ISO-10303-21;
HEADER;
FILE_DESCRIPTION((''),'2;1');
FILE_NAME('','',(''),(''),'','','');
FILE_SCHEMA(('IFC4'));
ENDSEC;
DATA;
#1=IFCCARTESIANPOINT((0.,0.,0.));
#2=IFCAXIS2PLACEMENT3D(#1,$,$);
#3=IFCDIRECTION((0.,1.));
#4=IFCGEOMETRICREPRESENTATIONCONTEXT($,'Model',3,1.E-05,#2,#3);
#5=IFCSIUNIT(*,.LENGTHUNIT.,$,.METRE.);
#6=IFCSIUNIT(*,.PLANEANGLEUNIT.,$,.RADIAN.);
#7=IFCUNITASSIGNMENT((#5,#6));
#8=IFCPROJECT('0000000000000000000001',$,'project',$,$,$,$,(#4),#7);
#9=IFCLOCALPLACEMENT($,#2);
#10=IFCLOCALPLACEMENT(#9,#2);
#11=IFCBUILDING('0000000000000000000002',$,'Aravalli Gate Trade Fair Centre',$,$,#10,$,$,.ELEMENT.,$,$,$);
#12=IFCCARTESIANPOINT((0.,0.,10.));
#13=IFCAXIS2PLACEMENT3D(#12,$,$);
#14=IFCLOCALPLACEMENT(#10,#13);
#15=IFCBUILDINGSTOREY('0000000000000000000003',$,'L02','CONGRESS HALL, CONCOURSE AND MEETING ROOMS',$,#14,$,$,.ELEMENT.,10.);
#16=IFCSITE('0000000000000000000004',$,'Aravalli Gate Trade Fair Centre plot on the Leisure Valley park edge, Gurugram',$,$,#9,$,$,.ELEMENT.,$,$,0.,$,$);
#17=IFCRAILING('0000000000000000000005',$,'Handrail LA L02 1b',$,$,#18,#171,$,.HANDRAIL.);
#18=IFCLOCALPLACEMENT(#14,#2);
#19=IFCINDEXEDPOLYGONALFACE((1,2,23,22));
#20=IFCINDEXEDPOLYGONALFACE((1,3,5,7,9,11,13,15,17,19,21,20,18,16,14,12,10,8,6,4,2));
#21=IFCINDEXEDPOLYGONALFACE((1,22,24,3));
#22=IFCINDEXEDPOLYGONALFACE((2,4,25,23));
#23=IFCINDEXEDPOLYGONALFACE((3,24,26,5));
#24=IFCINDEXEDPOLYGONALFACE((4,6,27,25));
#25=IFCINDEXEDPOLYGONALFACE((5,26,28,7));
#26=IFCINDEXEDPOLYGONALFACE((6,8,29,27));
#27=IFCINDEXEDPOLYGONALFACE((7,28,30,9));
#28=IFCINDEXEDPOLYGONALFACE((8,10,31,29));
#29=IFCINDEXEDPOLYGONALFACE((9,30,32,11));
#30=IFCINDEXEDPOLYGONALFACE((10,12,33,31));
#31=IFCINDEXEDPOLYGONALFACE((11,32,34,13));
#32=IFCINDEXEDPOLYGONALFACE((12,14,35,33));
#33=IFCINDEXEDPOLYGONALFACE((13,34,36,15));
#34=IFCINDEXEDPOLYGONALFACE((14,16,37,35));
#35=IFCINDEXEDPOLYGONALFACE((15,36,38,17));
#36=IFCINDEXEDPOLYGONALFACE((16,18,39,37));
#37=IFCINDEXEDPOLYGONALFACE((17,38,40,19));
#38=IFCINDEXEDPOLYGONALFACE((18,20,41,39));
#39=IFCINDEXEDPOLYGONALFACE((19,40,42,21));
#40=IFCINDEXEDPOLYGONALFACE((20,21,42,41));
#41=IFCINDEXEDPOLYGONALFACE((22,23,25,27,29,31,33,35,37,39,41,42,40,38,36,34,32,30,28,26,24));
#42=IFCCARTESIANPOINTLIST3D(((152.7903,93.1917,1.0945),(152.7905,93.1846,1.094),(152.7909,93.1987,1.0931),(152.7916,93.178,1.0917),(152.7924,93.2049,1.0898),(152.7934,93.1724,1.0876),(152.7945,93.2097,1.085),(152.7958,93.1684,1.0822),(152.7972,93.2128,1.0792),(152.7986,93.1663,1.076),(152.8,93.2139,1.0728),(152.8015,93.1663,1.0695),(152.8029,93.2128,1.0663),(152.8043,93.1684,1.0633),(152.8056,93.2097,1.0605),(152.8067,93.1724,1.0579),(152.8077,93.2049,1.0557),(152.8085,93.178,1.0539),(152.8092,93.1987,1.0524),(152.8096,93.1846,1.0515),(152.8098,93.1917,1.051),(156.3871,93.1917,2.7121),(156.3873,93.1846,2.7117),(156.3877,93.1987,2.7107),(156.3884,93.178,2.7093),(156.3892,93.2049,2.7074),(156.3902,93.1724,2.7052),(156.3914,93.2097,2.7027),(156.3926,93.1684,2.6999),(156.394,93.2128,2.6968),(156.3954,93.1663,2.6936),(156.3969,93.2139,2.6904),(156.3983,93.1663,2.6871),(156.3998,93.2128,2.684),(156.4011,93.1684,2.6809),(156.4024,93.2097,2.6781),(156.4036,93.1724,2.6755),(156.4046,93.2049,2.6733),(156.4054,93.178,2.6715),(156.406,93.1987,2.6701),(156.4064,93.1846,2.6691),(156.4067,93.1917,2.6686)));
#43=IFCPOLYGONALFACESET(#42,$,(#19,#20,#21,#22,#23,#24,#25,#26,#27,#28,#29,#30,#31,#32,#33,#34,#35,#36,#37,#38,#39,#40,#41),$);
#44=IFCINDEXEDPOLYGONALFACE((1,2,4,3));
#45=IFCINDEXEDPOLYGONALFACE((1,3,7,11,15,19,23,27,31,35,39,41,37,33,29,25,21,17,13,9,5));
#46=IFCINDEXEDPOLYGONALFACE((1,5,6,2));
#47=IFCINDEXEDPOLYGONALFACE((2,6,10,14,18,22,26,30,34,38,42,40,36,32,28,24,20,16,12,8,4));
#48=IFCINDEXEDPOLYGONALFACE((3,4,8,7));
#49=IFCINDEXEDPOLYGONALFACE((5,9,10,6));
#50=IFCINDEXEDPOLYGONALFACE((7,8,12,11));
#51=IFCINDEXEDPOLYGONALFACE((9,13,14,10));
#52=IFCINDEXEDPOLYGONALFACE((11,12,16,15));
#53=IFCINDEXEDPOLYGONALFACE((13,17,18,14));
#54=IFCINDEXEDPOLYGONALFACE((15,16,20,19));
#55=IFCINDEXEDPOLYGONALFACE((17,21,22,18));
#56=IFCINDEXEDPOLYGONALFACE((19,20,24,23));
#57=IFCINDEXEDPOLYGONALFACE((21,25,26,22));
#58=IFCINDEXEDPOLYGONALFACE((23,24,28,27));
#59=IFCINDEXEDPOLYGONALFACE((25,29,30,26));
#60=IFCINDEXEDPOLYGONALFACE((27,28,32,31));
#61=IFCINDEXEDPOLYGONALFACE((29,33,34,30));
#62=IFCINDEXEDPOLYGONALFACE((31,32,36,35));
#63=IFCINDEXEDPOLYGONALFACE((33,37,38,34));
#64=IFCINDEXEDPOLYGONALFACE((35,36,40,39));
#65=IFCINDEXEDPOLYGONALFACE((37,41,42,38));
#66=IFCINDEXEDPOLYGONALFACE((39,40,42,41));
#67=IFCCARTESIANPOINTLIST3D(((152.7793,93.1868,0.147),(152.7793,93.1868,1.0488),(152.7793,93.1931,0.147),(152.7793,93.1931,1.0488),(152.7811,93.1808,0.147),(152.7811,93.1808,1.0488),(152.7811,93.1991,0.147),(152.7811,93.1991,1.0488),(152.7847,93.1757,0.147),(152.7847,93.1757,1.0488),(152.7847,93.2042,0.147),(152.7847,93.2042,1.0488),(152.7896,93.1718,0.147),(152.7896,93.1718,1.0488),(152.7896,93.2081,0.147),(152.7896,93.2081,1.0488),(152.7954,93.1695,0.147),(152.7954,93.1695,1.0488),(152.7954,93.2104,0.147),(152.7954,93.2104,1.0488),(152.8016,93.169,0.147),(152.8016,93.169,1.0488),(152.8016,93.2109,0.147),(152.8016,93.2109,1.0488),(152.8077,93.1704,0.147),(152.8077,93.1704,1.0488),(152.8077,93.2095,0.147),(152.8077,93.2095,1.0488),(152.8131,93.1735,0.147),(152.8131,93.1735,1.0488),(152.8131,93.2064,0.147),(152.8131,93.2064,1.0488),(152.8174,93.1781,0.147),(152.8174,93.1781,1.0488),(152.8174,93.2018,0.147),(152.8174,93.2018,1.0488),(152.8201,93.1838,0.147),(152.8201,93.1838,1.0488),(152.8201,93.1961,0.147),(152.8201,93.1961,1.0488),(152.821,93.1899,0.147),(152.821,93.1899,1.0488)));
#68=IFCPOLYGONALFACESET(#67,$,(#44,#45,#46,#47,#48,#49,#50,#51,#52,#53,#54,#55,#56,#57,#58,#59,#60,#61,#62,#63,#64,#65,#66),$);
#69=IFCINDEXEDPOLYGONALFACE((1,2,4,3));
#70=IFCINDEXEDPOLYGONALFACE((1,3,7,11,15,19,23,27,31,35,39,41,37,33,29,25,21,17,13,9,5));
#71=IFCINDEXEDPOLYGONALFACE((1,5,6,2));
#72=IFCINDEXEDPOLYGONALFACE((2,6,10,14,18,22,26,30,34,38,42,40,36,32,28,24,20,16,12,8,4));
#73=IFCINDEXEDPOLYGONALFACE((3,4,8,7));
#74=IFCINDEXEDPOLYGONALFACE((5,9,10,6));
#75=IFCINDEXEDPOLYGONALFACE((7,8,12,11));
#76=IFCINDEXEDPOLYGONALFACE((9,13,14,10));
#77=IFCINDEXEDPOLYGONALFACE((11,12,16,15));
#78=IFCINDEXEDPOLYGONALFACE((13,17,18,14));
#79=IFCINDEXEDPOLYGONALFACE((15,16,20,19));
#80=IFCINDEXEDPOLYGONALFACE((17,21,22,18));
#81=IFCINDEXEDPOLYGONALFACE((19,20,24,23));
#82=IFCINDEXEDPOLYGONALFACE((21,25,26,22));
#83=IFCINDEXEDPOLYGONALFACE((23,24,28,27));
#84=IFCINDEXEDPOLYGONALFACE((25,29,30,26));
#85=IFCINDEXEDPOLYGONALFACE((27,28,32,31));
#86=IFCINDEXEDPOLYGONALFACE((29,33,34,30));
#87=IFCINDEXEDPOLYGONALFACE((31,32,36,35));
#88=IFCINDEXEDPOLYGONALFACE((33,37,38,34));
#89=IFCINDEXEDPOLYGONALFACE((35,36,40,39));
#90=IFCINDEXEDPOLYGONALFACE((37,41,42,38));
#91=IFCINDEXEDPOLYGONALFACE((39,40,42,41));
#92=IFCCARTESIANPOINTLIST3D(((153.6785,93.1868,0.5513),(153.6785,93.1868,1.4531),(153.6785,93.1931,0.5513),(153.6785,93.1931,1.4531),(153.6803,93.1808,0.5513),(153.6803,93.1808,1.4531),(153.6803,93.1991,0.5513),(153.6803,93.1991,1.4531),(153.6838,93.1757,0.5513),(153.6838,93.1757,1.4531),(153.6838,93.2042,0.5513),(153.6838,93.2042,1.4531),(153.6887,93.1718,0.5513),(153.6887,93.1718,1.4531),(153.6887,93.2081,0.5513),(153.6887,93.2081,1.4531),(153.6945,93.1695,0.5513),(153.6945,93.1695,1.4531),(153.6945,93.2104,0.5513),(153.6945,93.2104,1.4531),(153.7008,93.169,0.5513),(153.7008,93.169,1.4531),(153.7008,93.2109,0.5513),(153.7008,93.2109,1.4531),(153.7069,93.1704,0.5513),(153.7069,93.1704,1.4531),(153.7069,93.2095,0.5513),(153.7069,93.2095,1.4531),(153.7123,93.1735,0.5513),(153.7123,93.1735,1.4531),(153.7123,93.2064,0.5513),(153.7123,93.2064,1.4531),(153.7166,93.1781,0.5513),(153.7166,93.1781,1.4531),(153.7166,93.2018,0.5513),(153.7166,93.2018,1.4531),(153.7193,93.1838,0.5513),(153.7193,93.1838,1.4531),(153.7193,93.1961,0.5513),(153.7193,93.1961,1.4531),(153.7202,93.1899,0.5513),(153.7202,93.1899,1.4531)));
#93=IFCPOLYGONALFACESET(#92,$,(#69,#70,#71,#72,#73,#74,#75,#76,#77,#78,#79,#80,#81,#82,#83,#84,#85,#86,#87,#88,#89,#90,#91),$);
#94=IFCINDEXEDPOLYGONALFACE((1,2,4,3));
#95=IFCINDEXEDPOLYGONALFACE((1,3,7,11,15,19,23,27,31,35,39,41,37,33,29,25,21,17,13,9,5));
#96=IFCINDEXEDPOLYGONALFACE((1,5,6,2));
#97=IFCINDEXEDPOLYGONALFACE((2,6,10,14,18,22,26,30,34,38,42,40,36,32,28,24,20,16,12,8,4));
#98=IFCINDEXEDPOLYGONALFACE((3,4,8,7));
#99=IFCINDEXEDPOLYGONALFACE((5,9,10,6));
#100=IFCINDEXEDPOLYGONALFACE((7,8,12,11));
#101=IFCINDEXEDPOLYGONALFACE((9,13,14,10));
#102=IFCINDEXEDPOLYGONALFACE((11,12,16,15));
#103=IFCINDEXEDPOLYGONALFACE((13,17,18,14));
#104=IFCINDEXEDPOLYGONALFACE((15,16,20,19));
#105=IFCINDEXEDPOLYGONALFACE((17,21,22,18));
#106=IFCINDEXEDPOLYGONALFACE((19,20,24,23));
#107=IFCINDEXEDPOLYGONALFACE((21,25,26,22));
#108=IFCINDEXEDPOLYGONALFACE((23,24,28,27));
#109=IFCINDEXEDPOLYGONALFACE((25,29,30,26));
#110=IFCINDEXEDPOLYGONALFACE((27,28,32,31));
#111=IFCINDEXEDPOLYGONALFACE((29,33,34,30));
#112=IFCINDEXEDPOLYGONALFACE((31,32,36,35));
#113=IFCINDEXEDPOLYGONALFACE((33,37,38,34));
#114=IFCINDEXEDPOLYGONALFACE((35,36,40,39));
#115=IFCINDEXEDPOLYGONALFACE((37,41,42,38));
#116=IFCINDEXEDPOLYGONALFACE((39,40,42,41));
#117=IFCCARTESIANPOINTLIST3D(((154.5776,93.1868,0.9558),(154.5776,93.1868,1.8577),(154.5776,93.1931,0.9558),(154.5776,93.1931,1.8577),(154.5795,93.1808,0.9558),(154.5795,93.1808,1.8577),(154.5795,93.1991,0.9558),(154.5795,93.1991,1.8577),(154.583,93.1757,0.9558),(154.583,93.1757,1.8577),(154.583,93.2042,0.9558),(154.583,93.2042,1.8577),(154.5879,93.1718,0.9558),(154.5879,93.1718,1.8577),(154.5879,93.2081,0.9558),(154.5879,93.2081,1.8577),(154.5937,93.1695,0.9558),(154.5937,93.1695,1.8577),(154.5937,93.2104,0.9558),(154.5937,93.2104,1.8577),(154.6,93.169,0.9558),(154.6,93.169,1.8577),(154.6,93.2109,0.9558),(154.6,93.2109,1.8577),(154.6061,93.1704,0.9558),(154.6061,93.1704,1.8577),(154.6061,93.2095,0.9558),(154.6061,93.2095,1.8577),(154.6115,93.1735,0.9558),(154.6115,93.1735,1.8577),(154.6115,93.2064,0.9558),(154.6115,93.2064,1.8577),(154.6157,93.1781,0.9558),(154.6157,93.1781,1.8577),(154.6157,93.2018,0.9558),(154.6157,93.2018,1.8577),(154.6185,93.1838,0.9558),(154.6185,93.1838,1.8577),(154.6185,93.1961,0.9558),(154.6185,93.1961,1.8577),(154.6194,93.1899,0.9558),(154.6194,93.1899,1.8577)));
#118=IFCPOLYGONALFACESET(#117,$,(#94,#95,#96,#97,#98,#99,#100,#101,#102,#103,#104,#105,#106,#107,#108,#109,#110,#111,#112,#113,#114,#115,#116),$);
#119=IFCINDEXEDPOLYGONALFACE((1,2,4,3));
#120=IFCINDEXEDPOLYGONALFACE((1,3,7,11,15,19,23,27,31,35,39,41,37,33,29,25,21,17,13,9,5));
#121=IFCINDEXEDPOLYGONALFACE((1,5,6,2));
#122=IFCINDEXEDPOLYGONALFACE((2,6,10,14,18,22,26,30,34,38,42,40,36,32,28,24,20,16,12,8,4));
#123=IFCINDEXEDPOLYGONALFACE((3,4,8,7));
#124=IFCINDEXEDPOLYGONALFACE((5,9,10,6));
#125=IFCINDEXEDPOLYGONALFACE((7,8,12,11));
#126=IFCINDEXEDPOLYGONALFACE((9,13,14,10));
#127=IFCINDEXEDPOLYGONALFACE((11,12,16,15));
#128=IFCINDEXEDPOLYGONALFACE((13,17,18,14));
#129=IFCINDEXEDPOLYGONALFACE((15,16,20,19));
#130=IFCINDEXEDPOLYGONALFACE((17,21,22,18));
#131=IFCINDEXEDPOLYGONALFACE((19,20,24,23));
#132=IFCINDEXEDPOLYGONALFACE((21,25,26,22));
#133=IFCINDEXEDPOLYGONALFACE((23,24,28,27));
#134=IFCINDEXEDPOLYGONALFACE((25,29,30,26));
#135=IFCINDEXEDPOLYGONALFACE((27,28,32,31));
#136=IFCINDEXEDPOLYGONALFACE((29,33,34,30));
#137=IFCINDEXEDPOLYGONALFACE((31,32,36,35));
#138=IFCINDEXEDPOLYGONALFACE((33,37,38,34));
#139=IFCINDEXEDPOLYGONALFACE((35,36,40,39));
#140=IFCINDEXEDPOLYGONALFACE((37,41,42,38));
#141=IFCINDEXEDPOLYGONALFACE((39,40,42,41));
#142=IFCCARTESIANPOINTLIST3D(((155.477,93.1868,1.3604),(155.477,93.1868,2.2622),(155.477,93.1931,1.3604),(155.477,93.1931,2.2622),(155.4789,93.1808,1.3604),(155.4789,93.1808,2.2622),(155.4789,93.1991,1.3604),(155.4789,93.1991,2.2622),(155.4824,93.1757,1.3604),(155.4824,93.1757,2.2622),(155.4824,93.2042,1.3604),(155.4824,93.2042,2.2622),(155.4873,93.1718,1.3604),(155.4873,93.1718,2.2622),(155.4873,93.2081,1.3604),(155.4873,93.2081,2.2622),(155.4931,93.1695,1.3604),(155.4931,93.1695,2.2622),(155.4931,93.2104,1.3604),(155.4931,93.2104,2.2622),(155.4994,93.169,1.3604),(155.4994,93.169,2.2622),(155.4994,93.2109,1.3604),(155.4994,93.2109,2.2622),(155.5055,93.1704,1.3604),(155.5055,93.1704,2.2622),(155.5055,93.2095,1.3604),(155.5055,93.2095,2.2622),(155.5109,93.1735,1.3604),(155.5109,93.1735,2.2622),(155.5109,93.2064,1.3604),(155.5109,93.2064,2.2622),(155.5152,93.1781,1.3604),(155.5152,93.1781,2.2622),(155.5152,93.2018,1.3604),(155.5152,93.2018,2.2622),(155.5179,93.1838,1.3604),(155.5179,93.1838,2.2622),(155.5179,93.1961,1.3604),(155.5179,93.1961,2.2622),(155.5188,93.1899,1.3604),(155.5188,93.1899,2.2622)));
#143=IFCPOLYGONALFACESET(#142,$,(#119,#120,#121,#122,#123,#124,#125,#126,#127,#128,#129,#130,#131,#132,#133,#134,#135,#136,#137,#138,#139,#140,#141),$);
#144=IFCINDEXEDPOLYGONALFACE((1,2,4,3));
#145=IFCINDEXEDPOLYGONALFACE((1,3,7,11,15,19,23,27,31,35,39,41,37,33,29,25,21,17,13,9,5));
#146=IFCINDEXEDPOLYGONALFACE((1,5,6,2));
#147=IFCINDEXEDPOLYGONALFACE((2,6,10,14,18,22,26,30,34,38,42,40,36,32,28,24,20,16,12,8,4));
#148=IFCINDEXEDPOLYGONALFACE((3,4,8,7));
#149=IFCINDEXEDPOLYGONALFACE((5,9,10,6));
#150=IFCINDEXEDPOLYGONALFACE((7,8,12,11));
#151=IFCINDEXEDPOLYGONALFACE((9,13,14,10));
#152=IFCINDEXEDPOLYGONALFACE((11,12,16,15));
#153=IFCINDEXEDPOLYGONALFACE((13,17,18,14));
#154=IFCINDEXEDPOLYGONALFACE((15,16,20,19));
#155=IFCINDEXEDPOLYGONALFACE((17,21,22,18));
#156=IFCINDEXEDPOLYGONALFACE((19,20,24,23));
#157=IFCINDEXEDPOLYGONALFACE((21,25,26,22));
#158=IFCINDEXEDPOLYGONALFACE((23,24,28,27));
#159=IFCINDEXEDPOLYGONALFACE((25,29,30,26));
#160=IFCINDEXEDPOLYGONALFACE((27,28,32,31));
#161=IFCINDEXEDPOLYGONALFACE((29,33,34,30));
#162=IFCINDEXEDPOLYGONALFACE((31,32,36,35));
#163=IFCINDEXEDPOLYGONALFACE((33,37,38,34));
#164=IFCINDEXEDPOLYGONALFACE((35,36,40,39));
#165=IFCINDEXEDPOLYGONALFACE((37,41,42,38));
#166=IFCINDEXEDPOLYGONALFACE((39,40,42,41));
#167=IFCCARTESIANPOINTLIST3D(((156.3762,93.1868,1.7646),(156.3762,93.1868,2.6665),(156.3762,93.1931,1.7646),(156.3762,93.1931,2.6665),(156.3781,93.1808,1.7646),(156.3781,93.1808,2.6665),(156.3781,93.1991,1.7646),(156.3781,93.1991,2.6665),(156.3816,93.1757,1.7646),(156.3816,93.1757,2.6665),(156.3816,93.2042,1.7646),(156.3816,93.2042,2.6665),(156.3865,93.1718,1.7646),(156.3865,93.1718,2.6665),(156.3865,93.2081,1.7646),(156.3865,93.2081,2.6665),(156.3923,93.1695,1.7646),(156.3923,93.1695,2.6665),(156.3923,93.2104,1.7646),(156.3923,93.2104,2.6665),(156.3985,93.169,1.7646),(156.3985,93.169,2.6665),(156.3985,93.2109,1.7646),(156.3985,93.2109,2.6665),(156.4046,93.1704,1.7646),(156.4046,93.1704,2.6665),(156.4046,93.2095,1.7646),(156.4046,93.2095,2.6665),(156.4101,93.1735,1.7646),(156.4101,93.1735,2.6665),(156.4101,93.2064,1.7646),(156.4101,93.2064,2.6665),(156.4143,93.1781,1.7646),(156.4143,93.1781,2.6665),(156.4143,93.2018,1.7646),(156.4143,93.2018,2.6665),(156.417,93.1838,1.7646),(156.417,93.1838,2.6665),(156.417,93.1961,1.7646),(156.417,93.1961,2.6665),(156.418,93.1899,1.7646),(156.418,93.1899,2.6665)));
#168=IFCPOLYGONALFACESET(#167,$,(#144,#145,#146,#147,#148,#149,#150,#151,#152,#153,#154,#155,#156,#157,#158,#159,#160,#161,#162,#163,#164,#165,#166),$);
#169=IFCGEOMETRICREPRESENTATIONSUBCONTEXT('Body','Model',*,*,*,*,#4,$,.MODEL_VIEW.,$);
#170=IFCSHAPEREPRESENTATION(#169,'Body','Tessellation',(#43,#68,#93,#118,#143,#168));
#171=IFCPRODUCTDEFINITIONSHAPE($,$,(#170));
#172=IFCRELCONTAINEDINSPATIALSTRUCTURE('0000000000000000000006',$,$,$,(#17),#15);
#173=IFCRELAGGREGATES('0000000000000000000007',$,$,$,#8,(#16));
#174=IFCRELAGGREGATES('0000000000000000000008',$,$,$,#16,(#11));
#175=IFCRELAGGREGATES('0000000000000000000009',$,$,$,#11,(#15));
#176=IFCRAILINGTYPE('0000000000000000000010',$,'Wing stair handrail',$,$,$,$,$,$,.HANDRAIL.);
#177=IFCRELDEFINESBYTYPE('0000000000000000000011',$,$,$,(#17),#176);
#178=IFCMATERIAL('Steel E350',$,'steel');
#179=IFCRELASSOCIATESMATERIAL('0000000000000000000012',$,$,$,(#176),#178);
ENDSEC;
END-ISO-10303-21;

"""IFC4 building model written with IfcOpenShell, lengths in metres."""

from ifc_helpers import new_model, si_unit, direction, frame, origin, origin_2d, place, context, subcontext, project, spatial, circle, extrude, material, type_object, element, save


model = new_model("IFC4")

# Units and contexts
model_context = context("Model", 3, precision=1e-05, world=origin(), true_north=direction((0.0, 1.0)))
body_context = subcontext(model_context, "Body", "Model", "MODEL_VIEW")
ifc_project = project(units=[si_unit("LENGTHUNIT", "METRE"), si_unit("PLANEANGLEUNIT", "RADIAN")], contexts=[model_context])

# Site, building, storey
site_placement = place(None, origin())
site = spatial("IfcSite", under=ifc_project, at=site_placement, Name="Aravalli Gate Trade Fair Centre plot on the Leisure Valley park edge, Gurugram", CompositionType="ELEMENT", RefElevation=0.0)
building_placement = place(site_placement, origin())
building = spatial("IfcBuilding", under=site, at=building_placement, Name="Aravalli Gate Trade Fair Centre", CompositionType="ELEMENT")
storey_placement = place(building_placement, frame((0.0, 0.0, 10.0)))
storey = spatial("IfcBuildingStorey", under=building, at=storey_placement, Name="L02", Description="CONGRESS HALL, CONCOURSE AND MEETING ROOMS", CompositionType="ELEMENT", Elevation=10.0)

# Shared definitions
ifc_material_1 = material(Name="Steel E350", Category="steel")

# Railing
railing_type_1 = type_object("IfcRailingType", Name="Wing stair handrail", PredefinedType="HANDRAIL", material=ifc_material_1)
for number, where, name in (
    (1, (152.8, 93.1899, 0.147), "Handrail LA L02 1b"),
):
    element("IfcRailing", number, at=place(storey_placement, frame(where)), inside=storey, type_object=railing_type_1, Name=name, PredefinedType="HANDRAIL", context=body_context, shape_type="SweptSolid", body=[
        extrude(circle(Radius=0.0239, at=origin_2d()), frame((0.0, 0.0, 0.9258), z_axis=(0.912011, 0.0, 0.410166), x_axis=(0.0, 1.0, 0.0)), (0.0, 0.0, 1.0), 3.9438),
        extrude(circle(Radius=0.021, at=origin_2d()), origin(), (0.0, 0.0, 1.0), 0.9019),
        extrude(circle(Radius=0.021, at=origin_2d()), frame((0.8992, 0.0, 0.4043)), (0.0, 0.0, 1.0), 0.9019),
        extrude(circle(Radius=0.021, at=origin_2d()), frame((1.7983, 0.0, 0.8088)), (0.0, 0.0, 1.0), 0.9019),
        extrude(circle(Radius=0.021, at=origin_2d()), frame((2.6978, 0.0, 1.2134)), (0.0, 0.0, 1.0), 0.9019),
        extrude(circle(Radius=0.021, at=origin_2d()), frame((3.5969, 0.0, 1.6177)), (0.0, 0.0, 1.0), 0.9019),
    ])

save(model, "model.ifc")
